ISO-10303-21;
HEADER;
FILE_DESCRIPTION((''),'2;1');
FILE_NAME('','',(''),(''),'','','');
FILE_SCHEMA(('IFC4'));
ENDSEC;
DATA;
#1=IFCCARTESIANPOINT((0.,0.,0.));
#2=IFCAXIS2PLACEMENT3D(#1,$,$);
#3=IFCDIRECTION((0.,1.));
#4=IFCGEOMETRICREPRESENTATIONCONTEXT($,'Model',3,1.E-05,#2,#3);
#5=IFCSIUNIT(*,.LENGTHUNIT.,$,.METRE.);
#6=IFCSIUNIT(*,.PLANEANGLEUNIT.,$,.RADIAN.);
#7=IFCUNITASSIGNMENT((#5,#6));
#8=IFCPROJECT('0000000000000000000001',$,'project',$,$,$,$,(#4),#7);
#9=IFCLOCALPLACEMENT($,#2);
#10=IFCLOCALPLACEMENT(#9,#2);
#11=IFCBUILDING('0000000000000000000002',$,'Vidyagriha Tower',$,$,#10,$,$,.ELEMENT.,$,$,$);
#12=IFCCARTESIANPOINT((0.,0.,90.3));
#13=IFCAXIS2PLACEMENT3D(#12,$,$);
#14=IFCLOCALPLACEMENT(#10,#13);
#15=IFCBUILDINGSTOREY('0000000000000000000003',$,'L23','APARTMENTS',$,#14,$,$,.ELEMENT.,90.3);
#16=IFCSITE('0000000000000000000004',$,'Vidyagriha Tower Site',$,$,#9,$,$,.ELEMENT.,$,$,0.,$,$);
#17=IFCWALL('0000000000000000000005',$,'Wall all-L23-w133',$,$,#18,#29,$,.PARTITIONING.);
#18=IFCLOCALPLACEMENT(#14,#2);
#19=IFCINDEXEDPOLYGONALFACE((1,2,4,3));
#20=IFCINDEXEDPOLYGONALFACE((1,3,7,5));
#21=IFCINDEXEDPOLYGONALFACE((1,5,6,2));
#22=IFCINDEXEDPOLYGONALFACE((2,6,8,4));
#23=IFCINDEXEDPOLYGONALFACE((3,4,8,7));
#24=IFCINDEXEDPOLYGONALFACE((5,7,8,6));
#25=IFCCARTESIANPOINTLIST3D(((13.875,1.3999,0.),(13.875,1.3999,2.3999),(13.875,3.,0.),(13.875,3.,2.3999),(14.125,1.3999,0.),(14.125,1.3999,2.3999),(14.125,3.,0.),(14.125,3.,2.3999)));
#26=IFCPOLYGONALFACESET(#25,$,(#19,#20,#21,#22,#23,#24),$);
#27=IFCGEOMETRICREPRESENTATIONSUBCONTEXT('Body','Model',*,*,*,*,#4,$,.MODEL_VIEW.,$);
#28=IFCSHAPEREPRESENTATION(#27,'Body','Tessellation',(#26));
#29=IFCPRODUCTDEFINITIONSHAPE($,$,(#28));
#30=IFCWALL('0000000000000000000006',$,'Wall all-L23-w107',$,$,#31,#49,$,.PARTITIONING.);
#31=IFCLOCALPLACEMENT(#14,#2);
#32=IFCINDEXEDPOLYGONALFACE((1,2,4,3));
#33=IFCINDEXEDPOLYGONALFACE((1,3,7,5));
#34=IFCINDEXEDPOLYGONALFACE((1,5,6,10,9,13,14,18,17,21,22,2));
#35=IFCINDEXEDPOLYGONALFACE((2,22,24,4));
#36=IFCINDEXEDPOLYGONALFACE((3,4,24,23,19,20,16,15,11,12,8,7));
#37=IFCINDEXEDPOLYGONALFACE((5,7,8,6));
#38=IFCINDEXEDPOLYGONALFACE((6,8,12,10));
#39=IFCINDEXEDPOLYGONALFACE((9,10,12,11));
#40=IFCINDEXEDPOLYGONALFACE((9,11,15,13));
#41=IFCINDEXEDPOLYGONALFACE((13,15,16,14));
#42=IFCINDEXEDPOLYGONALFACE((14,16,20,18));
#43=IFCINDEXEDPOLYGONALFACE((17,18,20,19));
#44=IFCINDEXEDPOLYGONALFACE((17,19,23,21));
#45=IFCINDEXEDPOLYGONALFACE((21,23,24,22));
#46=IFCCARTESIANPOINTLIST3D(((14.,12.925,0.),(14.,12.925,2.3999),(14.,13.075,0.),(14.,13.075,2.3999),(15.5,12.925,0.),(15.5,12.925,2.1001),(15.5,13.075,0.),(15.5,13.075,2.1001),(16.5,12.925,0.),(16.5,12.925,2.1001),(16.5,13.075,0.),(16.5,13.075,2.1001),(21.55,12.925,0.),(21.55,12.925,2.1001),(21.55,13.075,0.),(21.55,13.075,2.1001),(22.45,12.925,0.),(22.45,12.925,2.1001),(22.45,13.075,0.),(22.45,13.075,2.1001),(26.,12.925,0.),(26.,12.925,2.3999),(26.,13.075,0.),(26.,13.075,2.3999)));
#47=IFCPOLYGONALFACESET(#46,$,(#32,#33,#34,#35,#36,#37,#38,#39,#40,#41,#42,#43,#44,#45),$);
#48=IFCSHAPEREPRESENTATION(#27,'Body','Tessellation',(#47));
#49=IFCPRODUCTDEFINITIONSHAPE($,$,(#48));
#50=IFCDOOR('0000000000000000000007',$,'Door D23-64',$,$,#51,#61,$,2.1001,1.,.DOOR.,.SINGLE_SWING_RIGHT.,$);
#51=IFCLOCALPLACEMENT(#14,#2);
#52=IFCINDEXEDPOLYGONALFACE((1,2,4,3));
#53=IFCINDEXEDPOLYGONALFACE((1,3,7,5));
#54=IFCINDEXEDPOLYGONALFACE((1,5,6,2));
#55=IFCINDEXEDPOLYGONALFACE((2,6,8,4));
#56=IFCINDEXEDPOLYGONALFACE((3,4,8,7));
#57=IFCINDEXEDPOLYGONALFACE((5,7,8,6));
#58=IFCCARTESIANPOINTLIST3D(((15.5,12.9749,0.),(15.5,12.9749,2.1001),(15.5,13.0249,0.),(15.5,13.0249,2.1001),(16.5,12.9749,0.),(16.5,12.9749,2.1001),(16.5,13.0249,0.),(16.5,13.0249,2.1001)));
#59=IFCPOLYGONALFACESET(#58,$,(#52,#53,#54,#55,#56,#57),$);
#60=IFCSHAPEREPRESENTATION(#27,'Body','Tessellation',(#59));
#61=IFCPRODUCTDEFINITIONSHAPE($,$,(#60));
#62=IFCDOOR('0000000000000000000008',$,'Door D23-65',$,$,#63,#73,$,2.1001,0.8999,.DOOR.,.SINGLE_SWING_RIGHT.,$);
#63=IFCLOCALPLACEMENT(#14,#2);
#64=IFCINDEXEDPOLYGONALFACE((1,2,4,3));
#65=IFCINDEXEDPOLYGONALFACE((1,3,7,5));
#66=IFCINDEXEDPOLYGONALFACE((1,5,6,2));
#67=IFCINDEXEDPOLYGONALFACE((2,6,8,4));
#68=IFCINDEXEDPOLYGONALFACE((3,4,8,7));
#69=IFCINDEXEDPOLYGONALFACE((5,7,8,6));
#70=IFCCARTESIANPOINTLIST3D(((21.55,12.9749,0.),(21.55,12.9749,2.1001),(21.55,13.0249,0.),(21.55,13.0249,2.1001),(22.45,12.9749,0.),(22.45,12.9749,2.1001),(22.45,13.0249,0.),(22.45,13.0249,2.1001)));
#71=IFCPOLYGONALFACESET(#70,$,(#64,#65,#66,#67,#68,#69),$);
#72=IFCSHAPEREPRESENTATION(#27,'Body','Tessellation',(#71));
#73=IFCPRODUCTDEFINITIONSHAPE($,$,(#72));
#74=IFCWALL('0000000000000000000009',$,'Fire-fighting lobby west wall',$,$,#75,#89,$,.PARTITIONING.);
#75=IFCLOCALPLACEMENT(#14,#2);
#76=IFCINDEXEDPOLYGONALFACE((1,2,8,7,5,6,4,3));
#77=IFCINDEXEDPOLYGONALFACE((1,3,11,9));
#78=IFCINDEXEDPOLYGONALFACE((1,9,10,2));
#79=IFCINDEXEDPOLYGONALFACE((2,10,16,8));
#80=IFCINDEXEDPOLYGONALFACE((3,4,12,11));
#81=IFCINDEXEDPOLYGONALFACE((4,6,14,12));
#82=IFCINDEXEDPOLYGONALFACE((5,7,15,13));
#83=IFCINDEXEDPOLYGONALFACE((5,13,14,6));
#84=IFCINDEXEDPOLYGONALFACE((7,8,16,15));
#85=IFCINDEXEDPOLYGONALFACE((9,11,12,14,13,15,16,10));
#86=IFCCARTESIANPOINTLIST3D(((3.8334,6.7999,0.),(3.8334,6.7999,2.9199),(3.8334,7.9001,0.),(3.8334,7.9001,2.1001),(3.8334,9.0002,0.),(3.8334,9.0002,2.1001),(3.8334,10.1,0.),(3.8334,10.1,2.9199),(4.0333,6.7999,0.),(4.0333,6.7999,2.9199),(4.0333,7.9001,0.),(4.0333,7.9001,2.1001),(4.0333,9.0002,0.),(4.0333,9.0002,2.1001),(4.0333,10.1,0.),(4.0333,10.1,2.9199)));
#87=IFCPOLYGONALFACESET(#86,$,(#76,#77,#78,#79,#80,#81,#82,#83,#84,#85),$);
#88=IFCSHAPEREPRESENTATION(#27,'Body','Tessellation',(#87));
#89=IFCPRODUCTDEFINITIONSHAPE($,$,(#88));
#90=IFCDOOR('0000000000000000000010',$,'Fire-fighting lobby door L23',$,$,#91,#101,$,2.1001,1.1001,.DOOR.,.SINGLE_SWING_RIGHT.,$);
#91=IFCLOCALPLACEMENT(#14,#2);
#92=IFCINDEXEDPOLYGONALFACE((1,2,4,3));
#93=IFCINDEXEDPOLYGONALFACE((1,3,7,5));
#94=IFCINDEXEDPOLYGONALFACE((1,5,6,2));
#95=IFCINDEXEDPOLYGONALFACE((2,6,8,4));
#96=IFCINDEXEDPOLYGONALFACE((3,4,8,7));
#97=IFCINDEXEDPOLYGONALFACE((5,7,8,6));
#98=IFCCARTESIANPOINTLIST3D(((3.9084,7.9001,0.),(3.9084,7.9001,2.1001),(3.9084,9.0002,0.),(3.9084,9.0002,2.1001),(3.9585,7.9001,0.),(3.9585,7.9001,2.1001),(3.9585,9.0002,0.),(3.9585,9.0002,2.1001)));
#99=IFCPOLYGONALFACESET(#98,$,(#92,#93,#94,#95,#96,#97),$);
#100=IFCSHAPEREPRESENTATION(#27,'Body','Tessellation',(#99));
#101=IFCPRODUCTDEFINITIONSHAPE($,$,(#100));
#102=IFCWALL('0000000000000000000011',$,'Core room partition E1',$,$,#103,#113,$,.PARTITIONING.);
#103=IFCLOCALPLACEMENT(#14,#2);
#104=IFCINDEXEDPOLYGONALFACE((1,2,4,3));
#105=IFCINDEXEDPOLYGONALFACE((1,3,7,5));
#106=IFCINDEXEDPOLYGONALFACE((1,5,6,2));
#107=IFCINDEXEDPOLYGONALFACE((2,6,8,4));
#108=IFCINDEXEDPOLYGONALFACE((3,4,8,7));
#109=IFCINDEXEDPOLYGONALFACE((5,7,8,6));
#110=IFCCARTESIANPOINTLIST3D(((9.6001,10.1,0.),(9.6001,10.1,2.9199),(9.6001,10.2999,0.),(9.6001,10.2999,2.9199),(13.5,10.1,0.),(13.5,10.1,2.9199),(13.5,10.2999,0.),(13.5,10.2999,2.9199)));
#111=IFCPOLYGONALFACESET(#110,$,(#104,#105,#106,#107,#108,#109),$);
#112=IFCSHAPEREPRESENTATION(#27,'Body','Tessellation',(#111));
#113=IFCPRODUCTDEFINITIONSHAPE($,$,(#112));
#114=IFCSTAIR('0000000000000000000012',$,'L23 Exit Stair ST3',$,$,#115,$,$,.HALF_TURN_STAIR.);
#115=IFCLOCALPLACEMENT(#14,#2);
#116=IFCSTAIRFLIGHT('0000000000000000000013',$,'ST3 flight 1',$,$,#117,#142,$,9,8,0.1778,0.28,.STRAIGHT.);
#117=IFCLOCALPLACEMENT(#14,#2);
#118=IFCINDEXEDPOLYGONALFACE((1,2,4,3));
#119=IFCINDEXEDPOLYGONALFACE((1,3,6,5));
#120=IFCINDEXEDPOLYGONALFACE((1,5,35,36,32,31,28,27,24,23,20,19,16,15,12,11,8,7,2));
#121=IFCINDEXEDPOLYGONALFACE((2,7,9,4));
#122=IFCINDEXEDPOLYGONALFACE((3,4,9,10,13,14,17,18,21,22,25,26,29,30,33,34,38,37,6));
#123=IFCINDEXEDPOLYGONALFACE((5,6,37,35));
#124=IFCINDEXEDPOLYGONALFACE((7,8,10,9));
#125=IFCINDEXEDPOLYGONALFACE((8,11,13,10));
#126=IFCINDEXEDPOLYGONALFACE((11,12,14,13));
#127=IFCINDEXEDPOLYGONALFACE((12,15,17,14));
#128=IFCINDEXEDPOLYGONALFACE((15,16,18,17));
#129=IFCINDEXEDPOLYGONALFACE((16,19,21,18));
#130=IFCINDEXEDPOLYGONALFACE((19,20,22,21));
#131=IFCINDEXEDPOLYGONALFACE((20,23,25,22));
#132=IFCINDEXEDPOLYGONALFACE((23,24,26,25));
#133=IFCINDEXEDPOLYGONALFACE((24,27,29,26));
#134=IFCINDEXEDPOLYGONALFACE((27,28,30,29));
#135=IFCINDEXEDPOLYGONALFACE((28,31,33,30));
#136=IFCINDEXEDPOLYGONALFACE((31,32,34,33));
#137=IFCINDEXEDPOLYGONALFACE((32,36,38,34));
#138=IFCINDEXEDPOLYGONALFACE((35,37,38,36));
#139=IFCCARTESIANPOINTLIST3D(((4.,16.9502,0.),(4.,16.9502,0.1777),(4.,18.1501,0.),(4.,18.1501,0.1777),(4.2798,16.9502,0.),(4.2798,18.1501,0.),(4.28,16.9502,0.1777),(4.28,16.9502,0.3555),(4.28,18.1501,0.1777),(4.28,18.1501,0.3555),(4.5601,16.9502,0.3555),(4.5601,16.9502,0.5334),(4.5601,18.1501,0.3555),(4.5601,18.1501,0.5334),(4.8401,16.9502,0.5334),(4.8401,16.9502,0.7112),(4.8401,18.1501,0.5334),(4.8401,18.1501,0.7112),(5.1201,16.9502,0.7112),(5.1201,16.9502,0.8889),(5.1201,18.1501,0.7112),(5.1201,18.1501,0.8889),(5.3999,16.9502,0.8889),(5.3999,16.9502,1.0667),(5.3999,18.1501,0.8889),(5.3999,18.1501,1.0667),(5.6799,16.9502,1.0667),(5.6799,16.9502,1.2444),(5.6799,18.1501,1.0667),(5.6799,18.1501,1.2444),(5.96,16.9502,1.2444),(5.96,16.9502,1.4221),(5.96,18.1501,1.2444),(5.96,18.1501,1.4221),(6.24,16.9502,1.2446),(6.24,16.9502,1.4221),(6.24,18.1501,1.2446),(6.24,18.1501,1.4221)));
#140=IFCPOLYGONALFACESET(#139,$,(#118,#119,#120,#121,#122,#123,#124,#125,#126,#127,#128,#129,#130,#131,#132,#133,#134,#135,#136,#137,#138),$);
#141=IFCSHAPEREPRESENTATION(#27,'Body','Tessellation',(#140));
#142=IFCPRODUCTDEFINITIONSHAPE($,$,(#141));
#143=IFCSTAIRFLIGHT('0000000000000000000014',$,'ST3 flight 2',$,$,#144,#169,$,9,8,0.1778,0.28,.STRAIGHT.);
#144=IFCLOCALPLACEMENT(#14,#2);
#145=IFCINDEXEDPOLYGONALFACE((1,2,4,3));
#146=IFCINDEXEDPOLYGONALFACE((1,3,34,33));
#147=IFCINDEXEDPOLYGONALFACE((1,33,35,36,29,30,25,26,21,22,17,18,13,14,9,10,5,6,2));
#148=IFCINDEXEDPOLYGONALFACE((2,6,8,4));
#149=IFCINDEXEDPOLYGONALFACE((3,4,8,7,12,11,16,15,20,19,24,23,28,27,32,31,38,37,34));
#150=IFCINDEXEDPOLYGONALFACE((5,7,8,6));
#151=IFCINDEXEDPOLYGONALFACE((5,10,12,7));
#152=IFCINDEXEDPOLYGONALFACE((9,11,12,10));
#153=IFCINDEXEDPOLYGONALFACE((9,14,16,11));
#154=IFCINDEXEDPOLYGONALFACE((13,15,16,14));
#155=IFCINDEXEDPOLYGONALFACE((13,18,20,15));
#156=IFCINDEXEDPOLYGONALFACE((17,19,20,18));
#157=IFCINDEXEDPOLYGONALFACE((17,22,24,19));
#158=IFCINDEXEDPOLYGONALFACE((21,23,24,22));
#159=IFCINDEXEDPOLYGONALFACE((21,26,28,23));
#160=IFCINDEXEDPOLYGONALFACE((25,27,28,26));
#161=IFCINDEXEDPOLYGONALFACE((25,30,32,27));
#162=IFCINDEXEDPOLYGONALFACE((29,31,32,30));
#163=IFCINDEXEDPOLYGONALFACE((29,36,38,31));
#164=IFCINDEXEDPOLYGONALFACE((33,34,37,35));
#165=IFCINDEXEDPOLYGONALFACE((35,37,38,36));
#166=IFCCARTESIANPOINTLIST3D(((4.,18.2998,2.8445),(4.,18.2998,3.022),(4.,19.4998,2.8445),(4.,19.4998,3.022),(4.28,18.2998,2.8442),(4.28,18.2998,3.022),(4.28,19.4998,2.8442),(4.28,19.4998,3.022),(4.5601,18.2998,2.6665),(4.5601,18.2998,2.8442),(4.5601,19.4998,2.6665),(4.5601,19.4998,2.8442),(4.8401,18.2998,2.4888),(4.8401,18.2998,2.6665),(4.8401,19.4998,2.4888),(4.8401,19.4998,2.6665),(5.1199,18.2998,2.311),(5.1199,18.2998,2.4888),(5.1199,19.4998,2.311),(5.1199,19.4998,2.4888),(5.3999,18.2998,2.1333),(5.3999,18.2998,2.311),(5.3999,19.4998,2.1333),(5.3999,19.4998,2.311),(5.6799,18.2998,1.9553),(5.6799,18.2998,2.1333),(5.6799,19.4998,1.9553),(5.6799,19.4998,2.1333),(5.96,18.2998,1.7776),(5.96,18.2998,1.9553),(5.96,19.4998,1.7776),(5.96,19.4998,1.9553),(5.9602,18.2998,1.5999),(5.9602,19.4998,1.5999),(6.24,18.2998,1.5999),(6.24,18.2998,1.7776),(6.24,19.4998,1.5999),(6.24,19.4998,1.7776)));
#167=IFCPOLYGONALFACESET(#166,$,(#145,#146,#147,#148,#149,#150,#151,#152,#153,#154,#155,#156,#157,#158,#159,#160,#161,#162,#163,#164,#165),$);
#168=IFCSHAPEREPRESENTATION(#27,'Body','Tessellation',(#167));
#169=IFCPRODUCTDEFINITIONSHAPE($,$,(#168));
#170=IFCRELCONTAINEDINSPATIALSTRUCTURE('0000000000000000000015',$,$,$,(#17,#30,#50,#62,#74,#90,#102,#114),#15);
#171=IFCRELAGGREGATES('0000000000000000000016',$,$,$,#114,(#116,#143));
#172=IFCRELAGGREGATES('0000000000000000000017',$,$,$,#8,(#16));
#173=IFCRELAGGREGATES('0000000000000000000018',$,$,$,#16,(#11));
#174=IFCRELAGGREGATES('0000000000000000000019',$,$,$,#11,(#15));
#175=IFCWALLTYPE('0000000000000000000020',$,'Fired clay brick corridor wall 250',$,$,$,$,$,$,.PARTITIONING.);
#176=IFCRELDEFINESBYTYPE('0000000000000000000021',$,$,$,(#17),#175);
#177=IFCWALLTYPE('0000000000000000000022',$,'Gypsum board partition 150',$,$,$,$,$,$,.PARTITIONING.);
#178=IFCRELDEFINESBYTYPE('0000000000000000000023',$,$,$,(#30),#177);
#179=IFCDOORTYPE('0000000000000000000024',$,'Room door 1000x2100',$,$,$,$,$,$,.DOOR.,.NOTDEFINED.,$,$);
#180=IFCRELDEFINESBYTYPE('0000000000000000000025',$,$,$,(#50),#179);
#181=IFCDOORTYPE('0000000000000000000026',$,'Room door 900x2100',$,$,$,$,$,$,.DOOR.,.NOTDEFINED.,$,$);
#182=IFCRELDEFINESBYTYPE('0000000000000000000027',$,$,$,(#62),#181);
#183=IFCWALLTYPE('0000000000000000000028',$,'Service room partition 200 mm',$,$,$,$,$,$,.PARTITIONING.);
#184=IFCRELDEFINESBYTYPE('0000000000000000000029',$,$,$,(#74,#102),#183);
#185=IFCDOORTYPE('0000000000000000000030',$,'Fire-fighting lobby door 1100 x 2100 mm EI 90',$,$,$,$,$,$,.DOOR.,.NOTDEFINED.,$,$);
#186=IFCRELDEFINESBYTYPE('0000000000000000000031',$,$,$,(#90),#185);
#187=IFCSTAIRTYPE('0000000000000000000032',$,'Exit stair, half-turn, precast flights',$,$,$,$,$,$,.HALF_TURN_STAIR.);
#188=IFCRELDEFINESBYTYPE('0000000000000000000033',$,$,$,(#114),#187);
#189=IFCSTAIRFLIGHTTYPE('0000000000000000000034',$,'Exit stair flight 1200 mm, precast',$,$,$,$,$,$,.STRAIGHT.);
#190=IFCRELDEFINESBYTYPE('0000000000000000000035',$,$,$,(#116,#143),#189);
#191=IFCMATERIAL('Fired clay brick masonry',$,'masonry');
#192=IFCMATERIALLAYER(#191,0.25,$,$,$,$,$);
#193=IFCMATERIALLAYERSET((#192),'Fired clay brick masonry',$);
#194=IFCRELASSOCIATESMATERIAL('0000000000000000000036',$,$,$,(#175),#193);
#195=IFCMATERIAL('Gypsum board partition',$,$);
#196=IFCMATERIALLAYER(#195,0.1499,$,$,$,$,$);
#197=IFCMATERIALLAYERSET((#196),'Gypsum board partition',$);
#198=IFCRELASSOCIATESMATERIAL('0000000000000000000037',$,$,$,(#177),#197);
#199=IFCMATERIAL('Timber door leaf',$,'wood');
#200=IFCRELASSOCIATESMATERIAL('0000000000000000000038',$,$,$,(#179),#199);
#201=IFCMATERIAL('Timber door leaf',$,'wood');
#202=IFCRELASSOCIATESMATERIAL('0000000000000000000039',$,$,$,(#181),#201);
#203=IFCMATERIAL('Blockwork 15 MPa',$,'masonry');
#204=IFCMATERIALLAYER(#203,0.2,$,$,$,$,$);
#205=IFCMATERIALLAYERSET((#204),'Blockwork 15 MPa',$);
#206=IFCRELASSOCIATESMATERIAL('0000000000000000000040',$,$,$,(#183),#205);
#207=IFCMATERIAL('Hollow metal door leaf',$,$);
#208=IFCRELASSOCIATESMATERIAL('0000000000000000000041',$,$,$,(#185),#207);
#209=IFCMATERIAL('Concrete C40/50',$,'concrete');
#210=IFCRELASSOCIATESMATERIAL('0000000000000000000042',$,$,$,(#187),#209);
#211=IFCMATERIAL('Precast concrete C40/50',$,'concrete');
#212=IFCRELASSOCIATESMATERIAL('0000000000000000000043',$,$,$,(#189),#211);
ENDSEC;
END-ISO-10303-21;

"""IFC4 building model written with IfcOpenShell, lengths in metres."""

from ifc_helpers import new_model, si_unit, direction, frame, frame_2d, origin, place, context, subcontext, project, spatial, polyline, rectangle, outline, extrude, material, layer, layer_set, type_object, element, fill, aggregate, save


model = new_model("IFC4")

# Units and contexts
model_context = context("Model", 3, precision=1e-05, world=origin(), true_north=direction((0.0, 1.0)))
body_context = subcontext(model_context, "Body", "Model", "MODEL_VIEW")
ifc_project = project(units=[si_unit("LENGTHUNIT", "METRE"), si_unit("PLANEANGLEUNIT", "RADIAN")], contexts=[model_context])

# Site, building, storey
site_placement = place(None, origin())
site = spatial("IfcSite", under=ifc_project, at=site_placement, Name="Vidyagriha Tower Site", CompositionType="ELEMENT", RefElevation=0.0)
building_placement = place(site_placement, origin())
building = spatial("IfcBuilding", under=site, at=building_placement, Name="Vidyagriha Tower", CompositionType="ELEMENT")
storey_placement = place(building_placement, frame((0.0, 0.0, 90.3)))
storey = spatial("IfcBuildingStorey", under=building, at=storey_placement, Name="L23", Description="APARTMENTS", CompositionType="ELEMENT", Elevation=90.3)

# Wall
ifc_material_1 = material(Name="Fired clay brick masonry", Category="masonry")
ifc_layer_1 = layer(ifc_material_1, 0.25)
ifc_layer_set_1 = layer_set([ifc_layer_1], Name="Fired clay brick masonry")
wall_type_1 = type_object("IfcWallType", Name="Fired clay brick corridor wall 250", PredefinedType="PARTITIONING", material=ifc_layer_set_1)
wall_1_placement = place(storey_placement, frame((14.0, 1.3999, 0.0), z_axis=(0.0, 0.0, 1.0), x_axis=(0.0, 1.0, 0.0)))
element("IfcWall", 1, at=wall_1_placement, inside=storey, type_object=wall_type_1, Name="Wall all-L23-w133", PredefinedType="PARTITIONING", context=body_context, shape_type="SweptSolid", body=[
    extrude(rectangle(XDim=1.6001, YDim=0.25, at=frame_2d((0.8, 0.0))), origin(), (0.0, 0.0, 1.0), 2.3999),
])

# Wall, openings, doors
ifc_material_2 = material(Name="Gypsum board partition")
ifc_layer_2 = layer(ifc_material_2, 0.1499)
ifc_layer_set_2 = layer_set([ifc_layer_2], Name="Gypsum board partition")
wall_type_2 = type_object("IfcWallType", Name="Gypsum board partition 150", PredefinedType="PARTITIONING", material=ifc_layer_set_2)
wall_2_placement = place(storey_placement, frame((14.0, 13.0, 0.0)))
wall_2 = element("IfcWall", 2, at=wall_2_placement, inside=storey, type_object=wall_type_2, Name="Wall all-L23-w107", PredefinedType="PARTITIONING", context=body_context, shape_type="SweptSolid", body=[
    extrude(rectangle(XDim=12.0, YDim=0.1499, at=frame_2d((6.0, 0.0))), origin(), (0.0, 0.0, 1.0), 2.3999),
])
opening_1_placement = place(wall_2_placement, frame((1.5, 0.0, 0.0)))
opening_1 = element("IfcOpeningElement", 3, at=opening_1_placement, cuts=wall_2, PredefinedType="OPENING", context=body_context, shape_type="SweptSolid", body=[
    extrude(rectangle(XDim=1.0, YDim=2.1001, at=frame_2d((0.5, 1.05))), frame((0.0, 0.085, 0.0), z_axis=(0.0, -1.0, 0.0), x_axis=(1.0, 0.0, 0.0)), (0.0, 0.0, 1.0), 0.1699),
])
opening_2_placement = place(wall_2_placement, frame((7.55, 0.0, 0.0)))
opening_2 = element("IfcOpeningElement", 4, at=opening_2_placement, cuts=wall_2, PredefinedType="OPENING", context=body_context, shape_type="SweptSolid", body=[
    extrude(rectangle(XDim=0.8999, YDim=2.1001, at=frame_2d((0.45, 1.05))), frame((0.0, 0.085, 0.0), z_axis=(0.0, -1.0, 0.0), x_axis=(1.0, 0.0, 0.0)), (0.0, 0.0, 1.0), 0.1699),
])
ifc_material_3 = material(Name="Timber door leaf", Category="wood")
door_type_1 = type_object("IfcDoorType", Name="Room door 1000x2100", OperationType="NOTDEFINED", PredefinedType="DOOR", material=ifc_material_3)
door_1_placement = place(opening_1_placement, origin())
door_1 = element("IfcDoor", 5, at=door_1_placement, inside=storey, type_object=door_type_1, Name="Door D23-64", OperationType="SINGLE_SWING_RIGHT", OverallHeight=2.1001, OverallWidth=1.0, PredefinedType="DOOR", context=body_context, shape_type="SweptSolid", body=[
    extrude(rectangle(XDim=1.0, YDim=2.1001, at=frame_2d((0.5, 1.05))), frame((0.0, 0.0249, 0.0), z_axis=(0.0, -1.0, 0.0), x_axis=(1.0, 0.0, 0.0)), (0.0, 0.0, 1.0), 0.05),
])
fill(opening_1, door_1)
ifc_material_4 = material(Name="Timber door leaf", Category="wood")
door_type_2 = type_object("IfcDoorType", Name="Room door 900x2100", OperationType="NOTDEFINED", PredefinedType="DOOR", material=ifc_material_4)
door_2_placement = place(opening_2_placement, origin())
door_2 = element("IfcDoor", 6, at=door_2_placement, inside=storey, type_object=door_type_2, Name="Door D23-65", OperationType="SINGLE_SWING_RIGHT", OverallHeight=2.1001, OverallWidth=0.8999, PredefinedType="DOOR", context=body_context, shape_type="SweptSolid", body=[
    extrude(rectangle(XDim=0.8999, YDim=2.1001, at=frame_2d((0.45, 1.05))), frame((0.0, 0.0249, 0.0), z_axis=(0.0, -1.0, 0.0), x_axis=(1.0, 0.0, 0.0)), (0.0, 0.0, 1.0), 0.05),
])
fill(opening_2, door_2)

# Wall, opening, door
ifc_material_5 = material(Name="Blockwork 15 MPa", Category="masonry")
ifc_layer_3 = layer(ifc_material_5, 0.2)
ifc_layer_set_3 = layer_set([ifc_layer_3], Name="Blockwork 15 MPa")
wall_type_3 = type_object("IfcWallType", Name="Service room partition 200 mm", PredefinedType="PARTITIONING", material=ifc_layer_set_3)
wall_3_placement = place(storey_placement, frame((3.9333, 6.8, 0.0), z_axis=(0.0, 0.0, 1.0), x_axis=(0.0, 1.0, 0.0)))
wall_3 = element("IfcWall", 7, at=wall_3_placement, inside=storey, type_object=wall_type_3, Name="Fire-fighting lobby west wall", PredefinedType="PARTITIONING", context=body_context, shape_type="SweptSolid", body=[
    extrude(rectangle(XDim=3.3, YDim=0.2, at=frame_2d((1.6499, 0.0))), origin(), (0.0, 0.0, 1.0), 2.9199),
])
opening_3_placement = place(wall_3_placement, frame((1.1001, 0.0, 0.0)))
opening_3 = element("IfcOpeningElement", 8, at=opening_3_placement, cuts=wall_3, PredefinedType="OPENING", context=body_context, shape_type="SweptSolid", body=[
    extrude(rectangle(XDim=1.1001, YDim=2.1001, at=frame_2d((0.55, 1.05))), frame((0.0, 0.1099, 0.0), z_axis=(0.0, -1.0, 0.0), x_axis=(1.0, 0.0, 0.0)), (0.0, 0.0, 1.0), 0.22),
])
ifc_material_6 = material(Name="Hollow metal door leaf")
door_type_3 = type_object("IfcDoorType", Name="Fire-fighting lobby door 1100 x 2100 mm EI 90", OperationType="NOTDEFINED", PredefinedType="DOOR", material=ifc_material_6)
door_3_placement = place(opening_3_placement, origin())
door_3 = element("IfcDoor", 9, at=door_3_placement, inside=storey, type_object=door_type_3, Name="Fire-fighting lobby door L23", OperationType="SINGLE_SWING_RIGHT", OverallHeight=2.1001, OverallWidth=1.1001, PredefinedType="DOOR", context=body_context, shape_type="SweptSolid", body=[
    extrude(rectangle(XDim=1.1001, YDim=2.1001, at=frame_2d((0.55, 1.05))), frame((0.0, 0.0249, 0.0), z_axis=(0.0, -1.0, 0.0), x_axis=(1.0, 0.0, 0.0)), (0.0, 0.0, 1.0), 0.05),
])
fill(opening_3, door_3)

# Wall
wall_4_placement = place(storey_placement, frame((9.6001, 10.2, 0.0)))
element("IfcWall", 10, at=wall_4_placement, inside=storey, type_object=wall_type_3, Name="Core room partition E1", PredefinedType="PARTITIONING", context=body_context, shape_type="SweptSolid", body=[
    extrude(rectangle(XDim=3.8999, YDim=0.2, at=frame_2d((1.95, 0.0))), origin(), (0.0, 0.0, 1.0), 2.9199),
])

# Stair, stair flights
ifc_material_7 = material(Name="Concrete C40/50", Category="concrete")
stair_type = type_object("IfcStairType", Name="Exit stair, half-turn, precast flights", PredefinedType="HALF_TURN_STAIR", material=ifc_material_7)
stair_placement = place(storey_placement, origin())
stair = element("IfcStair", 11, at=stair_placement, inside=storey, type_object=stair_type, Name="L23 Exit Stair ST3", PredefinedType="HALF_TURN_STAIR")
ifc_material_8 = material(Name="Precast concrete C40/50", Category="concrete")
stair_flight_type = type_object("IfcStairFlightType", Name="Exit stair flight 1200 mm, precast", PredefinedType="STRAIGHT", material=ifc_material_8)
stair_flight_1_placement = place(storey_placement, frame((4.0, 17.55, 0.0)))
stair_flight_1 = element("IfcStairFlight", 12, at=stair_flight_1_placement, type_object=stair_flight_type, Name="ST3 flight 1", NumberOfRisers=9, NumberOfTreads=8, PredefinedType="STRAIGHT", RiserHeight=0.1778, TreadLength=0.28, context=body_context, shape_type="SweptSolid", body=[
    extrude(outline(polyline([(0.0, 0.0), (0.0, 0.1777), (0.28, 0.1777), (0.28, 0.3555), (0.5601, 0.3555), (0.5601, 0.5334), (0.8401, 0.5334), (0.8401, 0.7112), (1.1201, 0.7112), (1.1201, 0.8889), (1.3999, 0.8889), (1.3999, 1.0667), (1.6799, 1.0667), (1.6799, 1.2444), (1.96, 1.2444), (1.96, 1.4221), (2.24, 1.4221), (2.24, 1.6001), (2.24, 1.2446), (0.2798, 0.0), (0.0, 0.0)])), frame((0.0, 0.6001, 0.0), z_axis=(0.0, -1.0, 0.0), x_axis=(1.0, 0.0, 0.0)), (0.0, 0.0, 1.0), 1.2),
])
stair_flight_2_placement = place(storey_placement, frame((6.24, 18.8999, 1.5999), z_axis=(0.0, 0.0, 1.0), x_axis=(-1.0, 0.0, 0.0)))
stair_flight_2 = element("IfcStairFlight", 13, at=stair_flight_2_placement, type_object=stair_flight_type, Name="ST3 flight 2", NumberOfRisers=9, NumberOfTreads=8, PredefinedType="STRAIGHT", RiserHeight=0.1778, TreadLength=0.28, context=body_context, shape_type="SweptSolid", body=[
    extrude(outline(polyline([(0.0, 0.0), (0.0, 0.1777), (0.28, 0.1777), (0.28, 0.3555), (0.5601, 0.3555), (0.5601, 0.5334), (0.8401, 0.5334), (0.8401, 0.7112), (1.1201, 0.7112), (1.1201, 0.8889), (1.3999, 0.8889), (1.3999, 1.0667), (1.6799, 1.0667), (1.6799, 1.2444), (1.96, 1.2444), (1.96, 1.4221), (2.24, 1.4221), (2.24, 1.6001), (2.24, 1.2446), (0.2798, 0.0), (0.0, 0.0)])), frame((0.0, 0.6001, 0.0), z_axis=(0.0, -1.0, 0.0), x_axis=(1.0, 0.0, 0.0)), (0.0, 0.0, 1.0), 1.2),
])
aggregate(stair, [stair_flight_1, stair_flight_2])

save(model, "model.ifc")
